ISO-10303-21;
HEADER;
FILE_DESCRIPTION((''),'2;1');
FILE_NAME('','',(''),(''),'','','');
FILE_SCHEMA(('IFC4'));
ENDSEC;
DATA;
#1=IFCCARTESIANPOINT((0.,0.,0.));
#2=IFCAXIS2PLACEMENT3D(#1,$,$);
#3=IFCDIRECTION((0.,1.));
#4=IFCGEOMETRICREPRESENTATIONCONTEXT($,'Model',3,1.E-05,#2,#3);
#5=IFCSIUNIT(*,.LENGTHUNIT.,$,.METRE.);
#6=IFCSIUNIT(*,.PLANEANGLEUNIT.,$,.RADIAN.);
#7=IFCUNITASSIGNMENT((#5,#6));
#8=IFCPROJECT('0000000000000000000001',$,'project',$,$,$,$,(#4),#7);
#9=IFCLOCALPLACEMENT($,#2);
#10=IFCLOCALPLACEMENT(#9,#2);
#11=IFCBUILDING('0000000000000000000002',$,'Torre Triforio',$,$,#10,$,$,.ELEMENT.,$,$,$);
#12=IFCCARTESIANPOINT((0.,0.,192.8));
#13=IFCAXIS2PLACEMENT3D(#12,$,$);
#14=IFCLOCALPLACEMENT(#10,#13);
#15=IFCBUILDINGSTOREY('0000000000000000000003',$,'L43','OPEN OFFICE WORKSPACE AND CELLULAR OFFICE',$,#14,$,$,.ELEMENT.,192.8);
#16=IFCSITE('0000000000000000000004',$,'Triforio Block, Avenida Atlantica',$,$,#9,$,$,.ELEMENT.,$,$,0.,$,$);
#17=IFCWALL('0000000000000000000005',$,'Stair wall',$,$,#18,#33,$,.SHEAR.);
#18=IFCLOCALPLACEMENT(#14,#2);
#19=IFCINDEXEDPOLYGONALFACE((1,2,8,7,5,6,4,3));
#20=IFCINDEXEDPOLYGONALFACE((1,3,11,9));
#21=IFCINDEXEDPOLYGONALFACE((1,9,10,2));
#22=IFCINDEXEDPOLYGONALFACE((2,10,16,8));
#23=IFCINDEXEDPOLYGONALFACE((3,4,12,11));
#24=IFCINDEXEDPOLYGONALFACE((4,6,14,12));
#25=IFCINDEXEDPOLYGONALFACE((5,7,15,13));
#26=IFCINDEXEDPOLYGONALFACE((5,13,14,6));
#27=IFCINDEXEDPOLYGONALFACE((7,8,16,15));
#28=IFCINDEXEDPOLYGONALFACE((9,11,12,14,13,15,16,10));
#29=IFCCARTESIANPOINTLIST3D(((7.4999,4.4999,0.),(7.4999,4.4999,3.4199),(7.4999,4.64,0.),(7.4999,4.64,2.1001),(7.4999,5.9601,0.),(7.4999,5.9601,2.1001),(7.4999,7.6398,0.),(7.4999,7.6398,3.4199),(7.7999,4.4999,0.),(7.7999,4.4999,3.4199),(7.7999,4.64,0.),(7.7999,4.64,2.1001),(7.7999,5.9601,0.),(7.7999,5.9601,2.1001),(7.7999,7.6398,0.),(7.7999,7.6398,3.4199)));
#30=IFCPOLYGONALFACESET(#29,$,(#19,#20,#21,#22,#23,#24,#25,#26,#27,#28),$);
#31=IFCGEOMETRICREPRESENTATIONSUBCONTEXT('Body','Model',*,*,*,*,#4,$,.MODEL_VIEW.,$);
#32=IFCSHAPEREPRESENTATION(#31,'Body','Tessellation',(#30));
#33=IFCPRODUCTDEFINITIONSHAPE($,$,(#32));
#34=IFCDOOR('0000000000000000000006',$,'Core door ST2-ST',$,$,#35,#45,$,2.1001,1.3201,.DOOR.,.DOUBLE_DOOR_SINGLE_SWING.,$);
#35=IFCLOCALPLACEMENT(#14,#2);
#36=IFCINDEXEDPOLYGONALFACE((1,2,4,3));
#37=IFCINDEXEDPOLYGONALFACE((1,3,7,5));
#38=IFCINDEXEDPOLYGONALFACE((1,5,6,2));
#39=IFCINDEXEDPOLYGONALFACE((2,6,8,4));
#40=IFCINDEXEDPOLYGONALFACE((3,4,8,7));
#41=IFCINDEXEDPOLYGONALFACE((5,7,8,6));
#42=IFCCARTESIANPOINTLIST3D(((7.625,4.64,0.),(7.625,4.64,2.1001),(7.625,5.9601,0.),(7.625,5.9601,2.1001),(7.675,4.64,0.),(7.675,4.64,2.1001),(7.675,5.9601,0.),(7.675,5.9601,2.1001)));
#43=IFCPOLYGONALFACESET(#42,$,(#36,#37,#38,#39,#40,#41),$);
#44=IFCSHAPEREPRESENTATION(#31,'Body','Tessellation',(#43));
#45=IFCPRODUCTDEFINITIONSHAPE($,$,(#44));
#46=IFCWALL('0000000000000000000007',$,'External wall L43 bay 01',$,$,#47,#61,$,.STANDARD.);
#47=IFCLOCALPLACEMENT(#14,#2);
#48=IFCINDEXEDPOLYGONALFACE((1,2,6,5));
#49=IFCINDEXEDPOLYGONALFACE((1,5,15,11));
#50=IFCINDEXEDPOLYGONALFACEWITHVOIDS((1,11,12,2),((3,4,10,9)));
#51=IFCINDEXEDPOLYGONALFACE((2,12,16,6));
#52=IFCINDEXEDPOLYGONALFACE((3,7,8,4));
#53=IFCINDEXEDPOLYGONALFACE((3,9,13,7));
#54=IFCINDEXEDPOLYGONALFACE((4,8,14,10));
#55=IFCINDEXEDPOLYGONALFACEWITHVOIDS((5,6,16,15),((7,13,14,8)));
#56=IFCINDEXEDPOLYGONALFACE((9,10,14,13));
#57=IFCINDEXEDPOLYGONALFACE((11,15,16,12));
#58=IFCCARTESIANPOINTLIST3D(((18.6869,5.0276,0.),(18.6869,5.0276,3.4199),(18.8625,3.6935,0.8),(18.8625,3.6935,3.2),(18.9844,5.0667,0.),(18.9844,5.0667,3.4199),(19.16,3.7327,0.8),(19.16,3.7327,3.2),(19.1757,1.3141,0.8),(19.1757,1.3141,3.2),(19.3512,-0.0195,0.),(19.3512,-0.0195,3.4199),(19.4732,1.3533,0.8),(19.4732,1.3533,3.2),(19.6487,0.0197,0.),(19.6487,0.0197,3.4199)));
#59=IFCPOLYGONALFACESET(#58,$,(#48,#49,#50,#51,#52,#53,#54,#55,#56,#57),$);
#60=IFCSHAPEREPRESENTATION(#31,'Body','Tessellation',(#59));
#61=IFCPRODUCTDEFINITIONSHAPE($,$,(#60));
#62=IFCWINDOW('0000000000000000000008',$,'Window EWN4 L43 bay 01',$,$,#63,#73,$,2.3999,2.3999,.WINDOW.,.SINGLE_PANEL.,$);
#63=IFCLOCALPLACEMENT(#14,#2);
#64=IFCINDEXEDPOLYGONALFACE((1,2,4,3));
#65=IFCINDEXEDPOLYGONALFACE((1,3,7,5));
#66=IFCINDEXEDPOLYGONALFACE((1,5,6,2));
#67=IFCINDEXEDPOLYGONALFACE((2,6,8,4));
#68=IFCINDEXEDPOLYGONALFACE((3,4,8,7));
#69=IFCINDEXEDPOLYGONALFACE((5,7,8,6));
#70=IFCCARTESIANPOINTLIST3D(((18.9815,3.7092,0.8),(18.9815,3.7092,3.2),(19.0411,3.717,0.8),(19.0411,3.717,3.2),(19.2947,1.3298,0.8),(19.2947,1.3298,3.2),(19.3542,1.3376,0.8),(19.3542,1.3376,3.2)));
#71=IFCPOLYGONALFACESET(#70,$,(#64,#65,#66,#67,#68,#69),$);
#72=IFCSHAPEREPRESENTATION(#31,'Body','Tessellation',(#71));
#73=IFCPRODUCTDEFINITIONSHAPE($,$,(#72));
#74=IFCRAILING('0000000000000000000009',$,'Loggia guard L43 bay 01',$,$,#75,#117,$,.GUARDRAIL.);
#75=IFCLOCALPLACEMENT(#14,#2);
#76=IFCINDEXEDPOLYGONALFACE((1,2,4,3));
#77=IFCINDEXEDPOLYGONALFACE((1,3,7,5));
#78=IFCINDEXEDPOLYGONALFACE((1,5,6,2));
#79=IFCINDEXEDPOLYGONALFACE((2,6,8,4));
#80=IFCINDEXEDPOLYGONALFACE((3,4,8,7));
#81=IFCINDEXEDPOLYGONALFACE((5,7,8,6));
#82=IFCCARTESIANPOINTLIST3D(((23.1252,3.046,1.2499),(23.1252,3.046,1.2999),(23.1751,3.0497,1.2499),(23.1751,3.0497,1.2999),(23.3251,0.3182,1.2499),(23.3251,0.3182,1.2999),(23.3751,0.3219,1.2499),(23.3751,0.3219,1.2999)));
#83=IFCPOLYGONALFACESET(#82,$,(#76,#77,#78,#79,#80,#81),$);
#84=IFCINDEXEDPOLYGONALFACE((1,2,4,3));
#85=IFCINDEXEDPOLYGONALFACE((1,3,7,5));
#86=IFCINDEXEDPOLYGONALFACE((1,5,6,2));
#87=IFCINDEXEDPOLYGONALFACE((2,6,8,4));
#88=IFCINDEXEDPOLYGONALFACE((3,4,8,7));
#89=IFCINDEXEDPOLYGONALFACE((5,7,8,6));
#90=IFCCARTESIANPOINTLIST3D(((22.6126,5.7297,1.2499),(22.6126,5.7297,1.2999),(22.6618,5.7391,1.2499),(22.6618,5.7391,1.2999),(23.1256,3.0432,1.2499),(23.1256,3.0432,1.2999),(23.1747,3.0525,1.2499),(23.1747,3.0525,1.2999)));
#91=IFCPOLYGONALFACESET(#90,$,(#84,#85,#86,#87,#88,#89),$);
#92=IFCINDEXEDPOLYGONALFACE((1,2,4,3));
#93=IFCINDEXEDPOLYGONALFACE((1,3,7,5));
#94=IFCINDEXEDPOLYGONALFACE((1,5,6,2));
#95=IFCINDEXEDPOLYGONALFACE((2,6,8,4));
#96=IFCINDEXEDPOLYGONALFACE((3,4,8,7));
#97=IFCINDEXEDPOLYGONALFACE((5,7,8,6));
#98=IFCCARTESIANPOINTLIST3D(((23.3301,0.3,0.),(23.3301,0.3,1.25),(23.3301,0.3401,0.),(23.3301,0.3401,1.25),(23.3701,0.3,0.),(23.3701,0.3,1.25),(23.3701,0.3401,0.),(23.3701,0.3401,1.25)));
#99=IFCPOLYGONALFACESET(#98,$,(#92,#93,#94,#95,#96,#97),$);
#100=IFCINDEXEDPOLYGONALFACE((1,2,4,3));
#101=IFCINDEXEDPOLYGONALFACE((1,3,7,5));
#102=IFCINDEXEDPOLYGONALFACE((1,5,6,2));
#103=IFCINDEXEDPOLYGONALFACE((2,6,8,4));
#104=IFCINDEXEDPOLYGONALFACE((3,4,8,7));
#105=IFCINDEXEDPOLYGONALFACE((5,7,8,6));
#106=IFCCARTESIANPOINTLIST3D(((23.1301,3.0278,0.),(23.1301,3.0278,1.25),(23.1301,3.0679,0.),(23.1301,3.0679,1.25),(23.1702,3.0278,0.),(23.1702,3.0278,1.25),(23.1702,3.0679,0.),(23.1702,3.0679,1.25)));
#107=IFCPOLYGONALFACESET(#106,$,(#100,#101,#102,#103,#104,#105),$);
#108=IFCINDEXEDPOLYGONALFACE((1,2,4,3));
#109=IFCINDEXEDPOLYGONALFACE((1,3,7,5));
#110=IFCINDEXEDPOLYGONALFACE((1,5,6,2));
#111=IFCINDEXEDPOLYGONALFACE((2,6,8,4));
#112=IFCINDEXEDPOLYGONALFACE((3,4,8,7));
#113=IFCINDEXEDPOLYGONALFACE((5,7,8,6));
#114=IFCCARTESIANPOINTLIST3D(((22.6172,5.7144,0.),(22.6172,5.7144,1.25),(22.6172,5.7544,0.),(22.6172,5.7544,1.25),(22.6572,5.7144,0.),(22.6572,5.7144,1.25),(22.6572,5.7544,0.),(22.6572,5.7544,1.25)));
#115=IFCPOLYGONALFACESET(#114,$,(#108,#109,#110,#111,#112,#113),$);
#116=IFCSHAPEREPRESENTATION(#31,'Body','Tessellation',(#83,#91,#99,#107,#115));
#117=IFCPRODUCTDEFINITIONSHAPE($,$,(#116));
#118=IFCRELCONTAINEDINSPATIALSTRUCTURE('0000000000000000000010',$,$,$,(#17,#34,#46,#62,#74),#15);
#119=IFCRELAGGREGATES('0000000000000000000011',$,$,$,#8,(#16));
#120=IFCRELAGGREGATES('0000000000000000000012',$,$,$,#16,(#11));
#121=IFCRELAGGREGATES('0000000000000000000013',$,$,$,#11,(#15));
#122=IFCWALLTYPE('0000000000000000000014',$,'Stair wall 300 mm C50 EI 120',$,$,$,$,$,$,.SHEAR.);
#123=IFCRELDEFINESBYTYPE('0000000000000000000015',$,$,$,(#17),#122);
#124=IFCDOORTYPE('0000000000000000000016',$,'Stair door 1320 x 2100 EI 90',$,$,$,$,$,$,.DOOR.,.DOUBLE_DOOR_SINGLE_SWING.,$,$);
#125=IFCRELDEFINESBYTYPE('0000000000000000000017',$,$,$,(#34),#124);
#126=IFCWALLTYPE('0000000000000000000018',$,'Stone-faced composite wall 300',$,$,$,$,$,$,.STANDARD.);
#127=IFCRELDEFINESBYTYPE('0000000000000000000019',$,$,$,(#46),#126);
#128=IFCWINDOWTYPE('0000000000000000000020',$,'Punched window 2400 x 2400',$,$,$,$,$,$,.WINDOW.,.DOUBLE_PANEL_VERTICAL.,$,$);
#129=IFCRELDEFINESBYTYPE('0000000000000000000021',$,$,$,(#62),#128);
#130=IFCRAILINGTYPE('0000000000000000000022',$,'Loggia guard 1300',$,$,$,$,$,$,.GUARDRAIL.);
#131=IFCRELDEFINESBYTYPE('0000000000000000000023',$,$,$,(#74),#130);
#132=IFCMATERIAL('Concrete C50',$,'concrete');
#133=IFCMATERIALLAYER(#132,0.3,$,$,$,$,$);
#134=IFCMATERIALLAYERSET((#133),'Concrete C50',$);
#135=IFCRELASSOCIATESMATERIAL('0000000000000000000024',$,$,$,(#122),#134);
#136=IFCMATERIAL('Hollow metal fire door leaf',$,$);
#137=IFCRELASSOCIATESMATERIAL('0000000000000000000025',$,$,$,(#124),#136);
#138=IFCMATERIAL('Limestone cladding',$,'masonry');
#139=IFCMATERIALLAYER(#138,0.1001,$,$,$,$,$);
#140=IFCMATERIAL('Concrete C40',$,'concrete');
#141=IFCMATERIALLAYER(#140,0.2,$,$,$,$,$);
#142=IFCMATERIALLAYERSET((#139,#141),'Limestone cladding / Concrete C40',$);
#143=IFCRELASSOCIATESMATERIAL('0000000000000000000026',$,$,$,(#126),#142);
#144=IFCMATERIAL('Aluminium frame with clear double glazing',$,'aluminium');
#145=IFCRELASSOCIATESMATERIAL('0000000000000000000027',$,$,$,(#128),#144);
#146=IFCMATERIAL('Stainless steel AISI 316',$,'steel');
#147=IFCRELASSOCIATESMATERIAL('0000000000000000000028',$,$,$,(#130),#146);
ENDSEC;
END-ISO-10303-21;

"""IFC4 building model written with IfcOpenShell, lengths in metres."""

from ifc_helpers import new_model, si_unit, direction, frame, frame_2d, origin, origin_2d, place, context, subcontext, project, spatial, rectangle, extrude, material, layer, layer_set, type_object, element, fill, save


model = new_model("IFC4")

# Units and contexts
model_context = context("Model", 3, precision=1e-05, world=origin(), true_north=direction((0.0, 1.0)))
body_context = subcontext(model_context, "Body", "Model", "MODEL_VIEW")
ifc_project = project(units=[si_unit("LENGTHUNIT", "METRE"), si_unit("PLANEANGLEUNIT", "RADIAN")], contexts=[model_context])

# Site, building, storey
site_placement = place(None, origin())
site = spatial("IfcSite", under=ifc_project, at=site_placement, Name="Triforio Block, Avenida Atlantica", CompositionType="ELEMENT", RefElevation=0.0)
building_placement = place(site_placement, origin())
building = spatial("IfcBuilding", under=site, at=building_placement, Name="Torre Triforio", CompositionType="ELEMENT")
storey_placement = place(building_placement, frame((0.0, 0.0, 192.8)))
storey = spatial("IfcBuildingStorey", under=building, at=storey_placement, Name="L43", Description="OPEN OFFICE WORKSPACE AND CELLULAR OFFICE", CompositionType="ELEMENT", Elevation=192.8)

# Shared definitions
ifc_material_1 = material(Name="Concrete C50", Category="concrete")

# Shared definitions
ifc_material_2 = material(Name="Concrete C40", Category="concrete")

# Shared definitions
ifc_material_3 = material(Name="Limestone cladding", Category="masonry")

# Wall, opening, door
ifc_layer_1 = layer(ifc_material_1, 0.3)
ifc_layer_set_1 = layer_set([ifc_layer_1], Name="Concrete C50")
wall_type_1 = type_object("IfcWallType", Name="Stair wall 300 mm C50 EI 120", PredefinedType="SHEAR", material=ifc_layer_set_1)
wall_1_placement = place(storey_placement, frame((7.6499, 4.5, 0.0), z_axis=(0.0, 0.0, 1.0), x_axis=(0.0, 1.0, 0.0)))
wall_1 = element("IfcWall", 1, at=wall_1_placement, inside=storey, type_object=wall_type_1, Name="Stair wall", PredefinedType="SHEAR", context=body_context, shape_type="SweptSolid", body=[
    extrude(rectangle(XDim=3.1399, YDim=0.3, at=frame_2d((1.5698, 0.0))), origin(), (0.0, 0.0, 1.0), 3.4199),
])
opening_1_placement = place(wall_1_placement, frame((0.1399, 0.0, 0.0)))
opening_1 = element("IfcOpeningElement", 2, at=opening_1_placement, cuts=wall_1, PredefinedType="OPENING", context=body_context, shape_type="SweptSolid", body=[
    extrude(rectangle(XDim=1.3201, YDim=2.1001, at=frame_2d((0.6602, 1.05))), frame((0.0, 0.1599, 0.0), z_axis=(0.0, -1.0, 0.0), x_axis=(1.0, 0.0, 0.0)), (0.0, 0.0, 1.0), 0.3201),
])
ifc_material_4 = material(Name="Hollow metal fire door leaf")
door_type_1 = type_object("IfcDoorType", Name="Stair door 1320 x 2100 EI 90", OperationType="DOUBLE_DOOR_SINGLE_SWING", PredefinedType="DOOR", material=ifc_material_4)
door_1_placement = place(opening_1_placement, origin())
door_1 = element("IfcDoor", 3, at=door_1_placement, inside=storey, type_object=door_type_1, Name="Core door ST2-ST", OperationType="DOUBLE_DOOR_SINGLE_SWING", OverallHeight=2.1001, OverallWidth=1.3201, PredefinedType="DOOR", context=body_context, shape_type="SweptSolid", body=[
    extrude(rectangle(XDim=1.3201, YDim=2.1001, at=frame_2d((0.6602, 1.05))), frame((0.0, 0.0249, 0.0), z_axis=(0.0, -1.0, 0.0), x_axis=(1.0, 0.0, 0.0)), (0.0, 0.0, 1.0), 0.05),
])
fill(opening_1, door_1)

# Wall, opening, window
ifc_layer_2 = layer(ifc_material_3, 0.1001)
ifc_layer_3 = layer(ifc_material_2, 0.2)
ifc_layer_set_2 = layer_set([ifc_layer_2, ifc_layer_3], Name="Limestone cladding / Concrete C40")
wall_type_2 = type_object("IfcWallType", Name="Stone-faced composite wall 300", PredefinedType="STANDARD", material=ifc_layer_set_2)
wall_2_placement = place(storey_placement, frame((19.5, 0.0, 0.0), z_axis=(0.0, 0.0, 1.0), x_axis=(-0.130495, 0.991449, 0.0)))
wall_2 = element("IfcWall", 4, at=wall_2_placement, inside=storey, type_object=wall_type_2, Name="External wall L43 bay 01", PredefinedType="STANDARD", context=body_context, shape_type="SweptSolid", body=[
    extrude(rectangle(XDim=5.0906, YDim=0.3, at=frame_2d((2.5454, 0.0))), origin(), (0.0, 0.0, 1.0), 3.4199),
])
opening_2_placement = place(wall_2_placement, frame((1.3452, 0.0, 0.8)))
opening_2 = element("IfcOpeningElement", 5, at=opening_2_placement, cuts=wall_2, PredefinedType="OPENING", context=body_context, shape_type="SweptSolid", body=[
    extrude(rectangle(XDim=2.3999, YDim=2.3999, at=frame_2d((1.2, 1.2))), frame((0.0, 0.1599, 0.0), z_axis=(0.0, -1.0, 0.0), x_axis=(1.0, 0.0, 0.0)), (0.0, 0.0, 1.0), 0.3201),
])
ifc_material_5 = material(Name="Aluminium frame with clear double glazing", Category="aluminium")
window_type_1 = type_object("IfcWindowType", Name="Punched window 2400 x 2400", PartitioningType="DOUBLE_PANEL_VERTICAL", PredefinedType="WINDOW", material=ifc_material_5)
window_1_placement = place(opening_2_placement, origin())
window_1 = element("IfcWindow", 6, at=window_1_placement, inside=storey, type_object=window_type_1, Name="Window EWN4 L43 bay 01", OverallHeight=2.3999, OverallWidth=2.3999, PartitioningType="SINGLE_PANEL", PredefinedType="WINDOW", context=body_context, shape_type="SweptSolid", body=[
    extrude(rectangle(XDim=2.3999, YDim=2.3999, at=frame_2d((1.2, 1.2))), frame((0.0, 0.03, 0.0), z_axis=(0.0, -1.0, 0.0), x_axis=(1.0, 0.0, 0.0)), (0.0, 0.0, 1.0), 0.0601),
])
fill(opening_2, window_1)

# Railing
ifc_material_6 = material(Name="Stainless steel AISI 316", Category="steel")
railing_type = type_object("IfcRailingType", Name="Loggia guard 1300", PredefinedType="GUARDRAIL", material=ifc_material_6)
railing_placement = place(storey_placement, frame((23.3501, 0.3201, 0.0)))
element("IfcRailing", 7, at=railing_placement, inside=storey, type_object=railing_type, Name="Loggia guard L43 bay 01", PredefinedType="GUARDRAIL", context=body_context, shape_type="SweptSolid", body=[
    extrude(rectangle(XDim=0.05, YDim=0.05, at=origin_2d()), frame((0.0, 0.0, 1.2749), z_axis=(-0.073106, 0.997324, 0.0), x_axis=(-0.997324, -0.073106, 0.0)), (0.0, 0.0, 1.0), 2.7351),
    extrude(rectangle(XDim=0.05, YDim=0.05, at=origin_2d()), frame((-0.2, 2.7278, 1.2749), z_axis=(-0.187543, 0.982256, 0.0), x_axis=(-0.982256, -0.187543, 0.0)), (0.0, 0.0, 1.0), 2.7351),
    extrude(rectangle(XDim=0.04, YDim=0.04, at=origin_2d()), origin(), (0.0, 0.0, 1.0), 1.25),
    extrude(rectangle(XDim=0.04, YDim=0.04, at=origin_2d()), frame((-0.2, 2.7278, 0.0)), (0.0, 0.0, 1.0), 1.25),
    extrude(rectangle(XDim=0.04, YDim=0.04, at=origin_2d()), frame((-0.7129, 5.4143, 0.0)), (0.0, 0.0, 1.0), 1.25),
])

save(model, "model.ifc")
